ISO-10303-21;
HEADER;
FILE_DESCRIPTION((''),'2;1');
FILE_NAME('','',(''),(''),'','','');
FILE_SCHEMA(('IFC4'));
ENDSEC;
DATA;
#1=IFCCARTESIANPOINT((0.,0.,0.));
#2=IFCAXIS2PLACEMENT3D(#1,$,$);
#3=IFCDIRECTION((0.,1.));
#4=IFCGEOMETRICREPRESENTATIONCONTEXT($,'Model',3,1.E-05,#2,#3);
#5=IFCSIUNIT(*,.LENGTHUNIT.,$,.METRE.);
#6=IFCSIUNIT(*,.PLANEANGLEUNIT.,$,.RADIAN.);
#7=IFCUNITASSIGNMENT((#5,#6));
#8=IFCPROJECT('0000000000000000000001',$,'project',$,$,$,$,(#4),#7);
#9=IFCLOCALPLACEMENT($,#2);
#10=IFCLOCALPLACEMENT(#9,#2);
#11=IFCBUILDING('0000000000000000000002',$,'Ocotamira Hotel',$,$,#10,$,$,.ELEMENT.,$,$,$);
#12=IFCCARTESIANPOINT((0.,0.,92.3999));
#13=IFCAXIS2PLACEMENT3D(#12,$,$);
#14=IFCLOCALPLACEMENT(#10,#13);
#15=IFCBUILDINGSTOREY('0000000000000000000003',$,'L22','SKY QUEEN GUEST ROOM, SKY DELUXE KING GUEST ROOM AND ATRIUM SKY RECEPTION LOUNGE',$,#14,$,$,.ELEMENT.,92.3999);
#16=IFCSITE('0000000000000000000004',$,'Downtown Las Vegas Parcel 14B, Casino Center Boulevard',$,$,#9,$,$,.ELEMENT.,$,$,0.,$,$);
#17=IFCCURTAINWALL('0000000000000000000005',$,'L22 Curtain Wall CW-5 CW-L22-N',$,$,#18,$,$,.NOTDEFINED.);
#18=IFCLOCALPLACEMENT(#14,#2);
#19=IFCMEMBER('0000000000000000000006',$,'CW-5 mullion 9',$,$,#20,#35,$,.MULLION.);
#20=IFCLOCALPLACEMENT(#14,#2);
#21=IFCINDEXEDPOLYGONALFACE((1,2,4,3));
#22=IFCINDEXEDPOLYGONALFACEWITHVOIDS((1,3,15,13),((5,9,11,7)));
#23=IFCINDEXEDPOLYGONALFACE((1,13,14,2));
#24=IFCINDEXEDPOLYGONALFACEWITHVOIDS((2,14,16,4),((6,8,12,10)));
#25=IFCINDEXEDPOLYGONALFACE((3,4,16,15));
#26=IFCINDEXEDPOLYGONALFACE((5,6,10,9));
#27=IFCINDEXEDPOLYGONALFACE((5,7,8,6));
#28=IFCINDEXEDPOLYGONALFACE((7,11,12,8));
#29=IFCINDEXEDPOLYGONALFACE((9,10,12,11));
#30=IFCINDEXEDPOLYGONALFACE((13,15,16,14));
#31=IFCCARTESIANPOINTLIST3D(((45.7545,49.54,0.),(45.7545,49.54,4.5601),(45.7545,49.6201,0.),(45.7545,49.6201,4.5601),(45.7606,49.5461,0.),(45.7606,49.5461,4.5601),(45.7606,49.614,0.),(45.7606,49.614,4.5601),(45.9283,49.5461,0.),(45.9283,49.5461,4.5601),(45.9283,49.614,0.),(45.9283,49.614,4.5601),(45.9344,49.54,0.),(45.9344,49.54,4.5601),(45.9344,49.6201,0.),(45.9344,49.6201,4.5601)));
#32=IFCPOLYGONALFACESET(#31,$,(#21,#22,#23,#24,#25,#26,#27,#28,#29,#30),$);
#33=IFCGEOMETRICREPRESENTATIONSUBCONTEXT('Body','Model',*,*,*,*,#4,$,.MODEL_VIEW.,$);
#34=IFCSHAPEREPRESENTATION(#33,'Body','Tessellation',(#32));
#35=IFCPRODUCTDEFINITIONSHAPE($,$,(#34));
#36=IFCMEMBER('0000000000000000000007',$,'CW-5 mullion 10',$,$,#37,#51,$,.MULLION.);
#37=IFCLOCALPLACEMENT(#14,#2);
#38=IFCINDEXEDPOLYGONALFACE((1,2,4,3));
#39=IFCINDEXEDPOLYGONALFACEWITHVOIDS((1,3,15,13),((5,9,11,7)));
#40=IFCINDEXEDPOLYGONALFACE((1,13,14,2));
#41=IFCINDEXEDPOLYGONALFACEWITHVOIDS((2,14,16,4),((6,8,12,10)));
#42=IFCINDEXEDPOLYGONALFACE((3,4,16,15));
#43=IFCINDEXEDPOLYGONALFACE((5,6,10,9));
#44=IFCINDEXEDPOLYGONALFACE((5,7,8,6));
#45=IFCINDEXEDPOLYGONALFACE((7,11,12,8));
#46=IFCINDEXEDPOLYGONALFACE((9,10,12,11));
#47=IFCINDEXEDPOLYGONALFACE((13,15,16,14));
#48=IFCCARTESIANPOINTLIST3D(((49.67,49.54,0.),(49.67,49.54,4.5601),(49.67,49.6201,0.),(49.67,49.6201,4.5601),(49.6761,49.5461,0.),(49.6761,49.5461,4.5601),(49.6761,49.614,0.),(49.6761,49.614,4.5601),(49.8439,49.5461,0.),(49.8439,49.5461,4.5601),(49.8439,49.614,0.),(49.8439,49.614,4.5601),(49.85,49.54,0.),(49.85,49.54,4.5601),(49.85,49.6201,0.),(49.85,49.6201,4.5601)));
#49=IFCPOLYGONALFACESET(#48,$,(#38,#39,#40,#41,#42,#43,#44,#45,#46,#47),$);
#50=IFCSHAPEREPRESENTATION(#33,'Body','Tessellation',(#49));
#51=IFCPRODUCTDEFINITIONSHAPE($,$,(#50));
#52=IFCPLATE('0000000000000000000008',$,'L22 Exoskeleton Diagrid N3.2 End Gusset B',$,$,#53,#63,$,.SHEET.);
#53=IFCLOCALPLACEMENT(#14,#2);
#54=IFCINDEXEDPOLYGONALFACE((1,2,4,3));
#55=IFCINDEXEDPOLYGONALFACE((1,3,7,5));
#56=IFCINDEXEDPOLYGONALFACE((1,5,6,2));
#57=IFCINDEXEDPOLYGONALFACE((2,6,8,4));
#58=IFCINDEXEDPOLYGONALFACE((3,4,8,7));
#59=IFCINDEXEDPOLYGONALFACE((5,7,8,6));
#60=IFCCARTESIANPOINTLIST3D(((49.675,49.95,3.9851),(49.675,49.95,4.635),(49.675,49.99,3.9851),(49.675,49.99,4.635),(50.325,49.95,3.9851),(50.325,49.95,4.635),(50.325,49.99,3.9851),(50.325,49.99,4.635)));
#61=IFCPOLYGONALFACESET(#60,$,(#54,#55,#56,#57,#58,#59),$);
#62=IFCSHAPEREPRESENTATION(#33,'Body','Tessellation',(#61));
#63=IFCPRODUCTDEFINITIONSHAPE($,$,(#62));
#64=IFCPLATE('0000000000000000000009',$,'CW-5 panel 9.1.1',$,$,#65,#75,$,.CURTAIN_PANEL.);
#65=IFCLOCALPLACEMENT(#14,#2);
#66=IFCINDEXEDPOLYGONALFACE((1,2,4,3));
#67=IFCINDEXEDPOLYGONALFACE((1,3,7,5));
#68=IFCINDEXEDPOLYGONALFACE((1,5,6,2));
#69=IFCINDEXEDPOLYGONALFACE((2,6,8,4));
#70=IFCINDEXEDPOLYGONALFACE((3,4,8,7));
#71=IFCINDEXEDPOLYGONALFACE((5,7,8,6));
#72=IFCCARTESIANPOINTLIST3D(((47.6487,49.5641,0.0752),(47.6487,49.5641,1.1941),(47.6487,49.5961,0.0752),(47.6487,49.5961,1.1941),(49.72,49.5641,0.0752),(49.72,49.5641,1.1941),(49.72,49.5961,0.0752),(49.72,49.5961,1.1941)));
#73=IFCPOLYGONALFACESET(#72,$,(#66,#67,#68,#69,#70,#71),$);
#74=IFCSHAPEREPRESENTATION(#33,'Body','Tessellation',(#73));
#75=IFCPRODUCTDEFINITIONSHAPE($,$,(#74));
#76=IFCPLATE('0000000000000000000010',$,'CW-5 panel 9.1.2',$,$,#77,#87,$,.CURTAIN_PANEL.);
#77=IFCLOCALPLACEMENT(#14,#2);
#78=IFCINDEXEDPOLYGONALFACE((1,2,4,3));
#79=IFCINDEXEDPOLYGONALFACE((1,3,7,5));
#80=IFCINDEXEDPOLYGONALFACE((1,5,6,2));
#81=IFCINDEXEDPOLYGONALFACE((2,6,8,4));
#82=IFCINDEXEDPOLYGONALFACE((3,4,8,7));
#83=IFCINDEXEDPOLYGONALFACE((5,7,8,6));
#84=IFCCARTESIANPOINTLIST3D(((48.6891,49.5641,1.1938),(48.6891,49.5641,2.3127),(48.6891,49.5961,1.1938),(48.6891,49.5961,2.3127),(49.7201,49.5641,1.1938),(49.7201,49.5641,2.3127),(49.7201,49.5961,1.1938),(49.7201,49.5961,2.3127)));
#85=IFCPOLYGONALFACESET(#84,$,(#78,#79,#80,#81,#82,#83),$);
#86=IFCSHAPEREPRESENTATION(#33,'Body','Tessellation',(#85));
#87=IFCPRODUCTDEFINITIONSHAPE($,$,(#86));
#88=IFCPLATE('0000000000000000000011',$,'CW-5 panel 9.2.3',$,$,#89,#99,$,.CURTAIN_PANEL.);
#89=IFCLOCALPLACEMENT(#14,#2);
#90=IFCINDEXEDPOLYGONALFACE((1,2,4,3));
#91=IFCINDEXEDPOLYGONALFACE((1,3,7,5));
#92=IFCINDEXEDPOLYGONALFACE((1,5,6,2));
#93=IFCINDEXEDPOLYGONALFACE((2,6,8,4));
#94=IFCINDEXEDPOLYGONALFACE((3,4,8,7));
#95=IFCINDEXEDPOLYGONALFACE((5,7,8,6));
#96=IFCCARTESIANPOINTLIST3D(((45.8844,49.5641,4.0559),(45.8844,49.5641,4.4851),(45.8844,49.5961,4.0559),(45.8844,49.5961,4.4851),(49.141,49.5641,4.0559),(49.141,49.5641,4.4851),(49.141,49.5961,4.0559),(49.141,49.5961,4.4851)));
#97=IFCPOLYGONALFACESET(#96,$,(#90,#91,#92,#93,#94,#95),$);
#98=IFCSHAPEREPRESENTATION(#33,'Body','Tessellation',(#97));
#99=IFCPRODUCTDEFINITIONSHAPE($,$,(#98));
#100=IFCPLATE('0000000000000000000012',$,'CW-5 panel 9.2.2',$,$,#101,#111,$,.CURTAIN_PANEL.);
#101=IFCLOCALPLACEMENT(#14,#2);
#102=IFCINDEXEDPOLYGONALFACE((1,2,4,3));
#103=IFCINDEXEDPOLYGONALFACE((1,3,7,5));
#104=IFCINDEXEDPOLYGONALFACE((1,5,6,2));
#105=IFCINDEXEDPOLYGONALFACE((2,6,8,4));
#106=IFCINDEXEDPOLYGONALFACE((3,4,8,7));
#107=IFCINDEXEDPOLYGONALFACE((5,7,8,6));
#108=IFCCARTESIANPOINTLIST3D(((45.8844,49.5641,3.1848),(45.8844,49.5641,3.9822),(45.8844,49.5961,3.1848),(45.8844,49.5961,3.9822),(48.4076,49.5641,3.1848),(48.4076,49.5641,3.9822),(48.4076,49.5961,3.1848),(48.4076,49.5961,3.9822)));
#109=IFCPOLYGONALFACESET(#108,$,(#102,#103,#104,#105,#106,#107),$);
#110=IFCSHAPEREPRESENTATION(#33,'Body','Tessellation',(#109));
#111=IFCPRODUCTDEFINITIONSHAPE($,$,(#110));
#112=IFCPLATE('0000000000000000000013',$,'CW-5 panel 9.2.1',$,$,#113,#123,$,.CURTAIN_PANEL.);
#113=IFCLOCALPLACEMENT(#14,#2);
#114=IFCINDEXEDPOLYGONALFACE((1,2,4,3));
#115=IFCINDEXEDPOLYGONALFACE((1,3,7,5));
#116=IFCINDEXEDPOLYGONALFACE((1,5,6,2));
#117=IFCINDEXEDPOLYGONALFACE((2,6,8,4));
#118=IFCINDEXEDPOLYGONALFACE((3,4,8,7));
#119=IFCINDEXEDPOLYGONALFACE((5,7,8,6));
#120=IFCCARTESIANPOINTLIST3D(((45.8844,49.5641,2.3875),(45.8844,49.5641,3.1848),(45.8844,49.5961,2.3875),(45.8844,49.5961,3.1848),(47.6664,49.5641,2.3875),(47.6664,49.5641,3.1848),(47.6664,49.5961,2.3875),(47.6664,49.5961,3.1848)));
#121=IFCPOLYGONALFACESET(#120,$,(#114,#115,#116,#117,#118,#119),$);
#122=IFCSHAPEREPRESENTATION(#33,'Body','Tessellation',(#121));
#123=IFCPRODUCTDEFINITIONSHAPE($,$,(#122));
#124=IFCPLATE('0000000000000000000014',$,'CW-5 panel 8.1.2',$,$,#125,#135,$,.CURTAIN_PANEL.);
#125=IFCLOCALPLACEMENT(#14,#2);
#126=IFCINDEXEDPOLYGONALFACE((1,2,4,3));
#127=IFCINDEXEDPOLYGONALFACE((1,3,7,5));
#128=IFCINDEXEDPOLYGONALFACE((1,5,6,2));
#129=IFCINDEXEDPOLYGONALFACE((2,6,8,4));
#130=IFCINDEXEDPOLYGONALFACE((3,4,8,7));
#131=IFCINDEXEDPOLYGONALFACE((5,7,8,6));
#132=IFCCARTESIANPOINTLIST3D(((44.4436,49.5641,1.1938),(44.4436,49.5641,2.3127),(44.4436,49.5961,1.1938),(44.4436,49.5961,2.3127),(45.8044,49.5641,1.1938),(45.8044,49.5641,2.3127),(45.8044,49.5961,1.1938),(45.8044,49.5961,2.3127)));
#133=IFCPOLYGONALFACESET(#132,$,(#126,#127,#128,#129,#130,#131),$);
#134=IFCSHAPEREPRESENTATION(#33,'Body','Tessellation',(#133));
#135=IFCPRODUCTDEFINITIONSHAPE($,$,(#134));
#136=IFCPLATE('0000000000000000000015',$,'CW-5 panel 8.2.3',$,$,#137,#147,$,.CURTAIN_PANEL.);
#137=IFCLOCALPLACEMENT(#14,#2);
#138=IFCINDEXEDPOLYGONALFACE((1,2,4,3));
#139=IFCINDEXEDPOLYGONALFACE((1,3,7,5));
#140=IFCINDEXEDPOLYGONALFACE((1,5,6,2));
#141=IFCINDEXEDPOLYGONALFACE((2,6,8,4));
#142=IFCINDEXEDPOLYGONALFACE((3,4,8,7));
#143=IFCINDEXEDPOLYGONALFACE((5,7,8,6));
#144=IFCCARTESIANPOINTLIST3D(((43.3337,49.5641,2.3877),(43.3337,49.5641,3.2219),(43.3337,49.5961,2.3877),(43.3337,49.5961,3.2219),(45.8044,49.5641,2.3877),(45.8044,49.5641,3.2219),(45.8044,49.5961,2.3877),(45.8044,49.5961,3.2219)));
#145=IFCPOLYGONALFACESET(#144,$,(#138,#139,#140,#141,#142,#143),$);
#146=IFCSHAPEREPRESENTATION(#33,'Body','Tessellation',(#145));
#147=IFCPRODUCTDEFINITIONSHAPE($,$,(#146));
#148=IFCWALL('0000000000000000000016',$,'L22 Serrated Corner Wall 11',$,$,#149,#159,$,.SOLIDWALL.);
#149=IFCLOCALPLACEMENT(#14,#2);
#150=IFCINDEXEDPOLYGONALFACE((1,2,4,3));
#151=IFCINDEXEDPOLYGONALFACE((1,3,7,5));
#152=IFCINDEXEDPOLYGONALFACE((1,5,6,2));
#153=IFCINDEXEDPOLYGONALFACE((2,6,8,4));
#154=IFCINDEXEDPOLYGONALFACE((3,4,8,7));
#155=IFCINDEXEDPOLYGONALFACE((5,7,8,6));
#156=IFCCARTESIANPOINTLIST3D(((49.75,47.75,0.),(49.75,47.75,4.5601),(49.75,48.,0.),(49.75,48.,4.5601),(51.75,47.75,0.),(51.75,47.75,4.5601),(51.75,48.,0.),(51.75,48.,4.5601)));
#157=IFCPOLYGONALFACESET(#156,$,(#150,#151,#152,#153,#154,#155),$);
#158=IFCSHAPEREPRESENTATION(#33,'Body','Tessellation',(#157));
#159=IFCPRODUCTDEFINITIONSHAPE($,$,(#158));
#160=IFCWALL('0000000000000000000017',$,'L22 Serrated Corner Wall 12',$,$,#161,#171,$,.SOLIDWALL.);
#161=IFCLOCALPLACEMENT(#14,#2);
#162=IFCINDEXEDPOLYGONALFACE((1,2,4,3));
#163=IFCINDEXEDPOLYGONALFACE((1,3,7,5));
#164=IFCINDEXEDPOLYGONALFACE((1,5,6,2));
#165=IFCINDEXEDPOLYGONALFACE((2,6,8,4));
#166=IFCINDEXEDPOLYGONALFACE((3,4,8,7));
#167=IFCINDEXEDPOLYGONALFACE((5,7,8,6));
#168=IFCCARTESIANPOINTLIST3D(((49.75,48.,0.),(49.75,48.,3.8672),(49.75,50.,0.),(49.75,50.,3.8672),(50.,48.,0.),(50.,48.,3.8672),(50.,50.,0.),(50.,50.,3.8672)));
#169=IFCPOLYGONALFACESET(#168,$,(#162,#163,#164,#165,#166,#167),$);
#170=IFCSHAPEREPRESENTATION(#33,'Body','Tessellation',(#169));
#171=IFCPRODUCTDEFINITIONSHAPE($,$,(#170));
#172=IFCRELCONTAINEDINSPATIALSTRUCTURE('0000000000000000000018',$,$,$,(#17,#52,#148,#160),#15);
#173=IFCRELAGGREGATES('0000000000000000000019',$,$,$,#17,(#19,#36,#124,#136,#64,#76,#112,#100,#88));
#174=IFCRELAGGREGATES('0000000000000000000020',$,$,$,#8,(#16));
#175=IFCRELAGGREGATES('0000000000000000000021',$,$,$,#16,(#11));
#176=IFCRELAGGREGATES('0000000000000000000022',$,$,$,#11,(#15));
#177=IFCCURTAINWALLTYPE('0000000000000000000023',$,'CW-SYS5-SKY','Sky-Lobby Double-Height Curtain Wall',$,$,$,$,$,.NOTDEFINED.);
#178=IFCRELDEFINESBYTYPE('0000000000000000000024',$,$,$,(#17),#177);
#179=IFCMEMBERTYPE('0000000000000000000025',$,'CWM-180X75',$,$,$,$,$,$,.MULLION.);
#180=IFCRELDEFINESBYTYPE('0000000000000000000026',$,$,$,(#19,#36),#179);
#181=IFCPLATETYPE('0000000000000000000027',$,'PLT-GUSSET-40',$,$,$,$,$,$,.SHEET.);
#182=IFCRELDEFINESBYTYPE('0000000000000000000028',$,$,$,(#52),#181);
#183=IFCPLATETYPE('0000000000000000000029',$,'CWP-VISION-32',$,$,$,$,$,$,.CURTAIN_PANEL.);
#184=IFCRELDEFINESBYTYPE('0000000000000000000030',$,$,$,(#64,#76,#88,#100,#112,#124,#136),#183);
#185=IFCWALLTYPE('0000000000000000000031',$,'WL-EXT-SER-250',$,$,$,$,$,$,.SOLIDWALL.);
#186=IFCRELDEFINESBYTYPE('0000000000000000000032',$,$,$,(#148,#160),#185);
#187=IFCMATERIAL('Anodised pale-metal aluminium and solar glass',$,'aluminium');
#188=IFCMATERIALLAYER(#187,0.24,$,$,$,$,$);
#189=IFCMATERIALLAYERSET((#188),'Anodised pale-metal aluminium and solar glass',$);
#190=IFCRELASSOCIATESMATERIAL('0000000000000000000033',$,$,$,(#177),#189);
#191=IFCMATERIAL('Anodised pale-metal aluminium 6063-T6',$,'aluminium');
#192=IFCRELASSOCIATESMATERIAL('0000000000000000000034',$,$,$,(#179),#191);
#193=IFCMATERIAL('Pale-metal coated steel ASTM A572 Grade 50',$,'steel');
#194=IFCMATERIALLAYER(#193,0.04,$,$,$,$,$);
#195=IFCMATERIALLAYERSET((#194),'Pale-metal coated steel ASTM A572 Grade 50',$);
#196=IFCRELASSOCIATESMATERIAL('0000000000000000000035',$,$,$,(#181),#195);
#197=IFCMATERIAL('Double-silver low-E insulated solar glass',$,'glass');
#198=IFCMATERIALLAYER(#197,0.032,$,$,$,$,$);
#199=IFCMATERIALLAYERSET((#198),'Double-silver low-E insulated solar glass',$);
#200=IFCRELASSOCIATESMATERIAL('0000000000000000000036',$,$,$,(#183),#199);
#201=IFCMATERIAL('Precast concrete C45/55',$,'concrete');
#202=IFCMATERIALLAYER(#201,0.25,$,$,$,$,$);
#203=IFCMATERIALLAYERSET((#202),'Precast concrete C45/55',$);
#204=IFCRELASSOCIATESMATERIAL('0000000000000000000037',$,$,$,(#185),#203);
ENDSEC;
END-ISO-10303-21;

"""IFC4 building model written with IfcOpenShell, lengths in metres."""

from ifc_helpers import new_model, si_unit, direction, frame, frame_2d, origin, origin_2d, place, context, subcontext, project, spatial, rectangle, hollow_rectangle, extrude, source, transform, mapped, material, layer, layer_set, material_profile, profile_set, type_object, element, aggregate, save


model = new_model("IFC4")

# Units and contexts
model_context = context("Model", 3, precision=1e-05, world=origin(), true_north=direction((0.0, 1.0)))
body_context = subcontext(model_context, "Body", "Model", "MODEL_VIEW")
ifc_project = project(units=[si_unit("LENGTHUNIT", "METRE"), si_unit("PLANEANGLEUNIT", "RADIAN")], contexts=[model_context])

# Site, building, storey
site_placement = place(None, origin())
site = spatial("IfcSite", under=ifc_project, at=site_placement, Name="Downtown Las Vegas Parcel 14B, Casino Center Boulevard", CompositionType="ELEMENT", RefElevation=0.0)
building_placement = place(site_placement, origin())
building = spatial("IfcBuilding", under=site, at=building_placement, Name="Ocotamira Hotel", CompositionType="ELEMENT")
storey_placement = place(building_placement, frame((0.0, 0.0, 92.3999)))
storey = spatial("IfcBuildingStorey", under=building, at=storey_placement, Name="L22", Description="SKY QUEEN GUEST ROOM, SKY DELUXE KING GUEST ROOM AND ATRIUM SKY RECEPTION LOUNGE", CompositionType="ELEMENT", Elevation=92.3999)

# Curtain wall, members
ifc_material_1 = material(Name="Anodised pale-metal aluminium and solar glass", Category="aluminium")
ifc_layer_1 = layer(ifc_material_1, 0.24)
ifc_layer_set_1 = layer_set([ifc_layer_1], Name="Anodised pale-metal aluminium and solar glass")
curtain_wall_type = type_object("IfcCurtainWallType", Name="CW-SYS5-SKY", Description="Sky-Lobby Double-Height Curtain Wall", PredefinedType="NOTDEFINED", material=ifc_layer_set_1)
curtain_wall_placement = place(storey_placement, origin())
curtain_wall = element("IfcCurtainWall", 1, at=curtain_wall_placement, inside=storey, type_object=curtain_wall_type, Name="L22 Curtain Wall CW-5 CW-L22-N", PredefinedType="NOTDEFINED")
ifc_material_2 = material(Name="Anodised pale-metal aluminium 6063-T6", Category="aluminium")
ifc_material_profile_1 = material_profile(ifc_material_2, hollow_rectangle(XDim=0.0801, YDim=0.1799, WallThickness=0.0061, at=origin_2d()), Name="HSS180X80X6")
ifc_profile_set_1 = profile_set([ifc_material_profile_1], Name="Anodised pale-metal aluminium 6063-T6")
member_type_1 = type_object("IfcMemberType", Name="CWM-180X75", PredefinedType="MULLION", material=ifc_profile_set_1)
shared_shape_1 = source(origin(), body_context, "Body", "SweptSolid", [
    extrude(hollow_rectangle(XDim=0.0801, YDim=0.1799, WallThickness=0.0061, at=origin_2d()), origin(), (0.0, 0.0, 1.0), 4.5601),
])
member_1_placement = place(storey_placement, frame((45.8445, 49.5801, 0.0), z_axis=(0.0, 0.0, 1.0), x_axis=(0.0, 1.0, 0.0)))
member_1 = element("IfcMember", 2, at=member_1_placement, type_object=member_type_1, Name="CW-5 mullion 9", PredefinedType="MULLION", context=body_context, shape_type="MappedRepresentation", body=[
    mapped(shared_shape_1, transform((0.0, 0.0, 0.0), scale=1.0)),
])
member_2_placement = place(storey_placement, frame((49.76, 49.5801, 0.0), z_axis=(0.0, 0.0, 1.0), x_axis=(0.0, 1.0, 0.0)))
member_2 = element("IfcMember", 3, at=member_2_placement, type_object=member_type_1, Name="CW-5 mullion 10", PredefinedType="MULLION", context=body_context, shape_type="MappedRepresentation", body=[
    mapped(shared_shape_1, transform((0.0, 0.0, 0.0), scale=1.0)),
])

# Plates
ifc_material_3 = material(Name="Pale-metal coated steel ASTM A572 Grade 50", Category="steel")
ifc_layer_2 = layer(ifc_material_3, 0.04)
ifc_layer_set_2 = layer_set([ifc_layer_2], Name="Pale-metal coated steel ASTM A572 Grade 50")
plate_type_1 = type_object("IfcPlateType", Name="PLT-GUSSET-40", PredefinedType="SHEET", material=ifc_layer_set_2)
shared_shape_2 = source(origin(), body_context, "Body", "SweptSolid", [
    extrude(rectangle(XDim=0.6499, YDim=0.04, at=origin_2d()), origin(), (0.0, 0.0, 1.0), 0.6499),
])
plate_1_placement = place(storey_placement, frame((50.0, 49.97, 3.9851), z_axis=(0.0, 0.0, 1.0), x_axis=(1.0, 0.0, 0.0)))
element("IfcPlate", 4, at=plate_1_placement, inside=storey, type_object=plate_type_1, Name="L22 Exoskeleton Diagrid N3.2 End Gusset B", PredefinedType="SHEET", context=body_context, shape_type="MappedRepresentation", body=[
    mapped(shared_shape_2, transform((0.0, 0.0, 0.0), scale=1.0)),
])
ifc_material_4 = material(Name="Double-silver low-E insulated solar glass", Category="glass")
ifc_layer_3 = layer(ifc_material_4, 0.032)
ifc_layer_set_3 = layer_set([ifc_layer_3], Name="Double-silver low-E insulated solar glass")
plate_type_2 = type_object("IfcPlateType", Name="CWP-VISION-32", PredefinedType="CURTAIN_PANEL", material=ifc_layer_set_3)
shared_shape_3 = source(origin(), body_context, "Body", "SweptSolid", [
    extrude(rectangle(XDim=2.0713, YDim=0.032, at=origin_2d()), origin(), (0.0, 0.0, 1.0), 1.1189),
])
plate_2_placement = place(storey_placement, frame((48.6843, 49.5801, 0.0752), z_axis=(0.0, 0.0, 1.0), x_axis=(1.0, 0.0, 0.0)))
plate_2 = element("IfcPlate", 5, at=plate_2_placement, type_object=plate_type_2, Name="CW-5 panel 9.1.1", PredefinedType="CURTAIN_PANEL", context=body_context, shape_type="MappedRepresentation", body=[
    mapped(shared_shape_3, transform((0.0, 0.0, 0.0), scale=1.0)),
])
shared_shape_4 = source(origin(), body_context, "Body", "SweptSolid", [
    extrude(rectangle(XDim=1.031, YDim=0.032, at=origin_2d()), origin(), (0.0, 0.0, 1.0), 1.1189),
])
plate_3_placement = place(storey_placement, frame((49.2046, 49.5801, 1.1938), z_axis=(0.0, 0.0, 1.0), x_axis=(1.0, 0.0, 0.0)))
plate_3 = element("IfcPlate", 6, at=plate_3_placement, type_object=plate_type_2, Name="CW-5 panel 9.1.2", PredefinedType="CURTAIN_PANEL", context=body_context, shape_type="MappedRepresentation", body=[
    mapped(shared_shape_4, transform((0.0, 0.0, 0.0), scale=1.0)),
])
shared_shape_5 = source(origin(), body_context, "Body", "SweptSolid", [
    extrude(rectangle(XDim=3.2566, YDim=0.032, at=origin_2d()), origin(), (0.0, 0.0, 1.0), 0.4292),
])
plate_4_placement = place(storey_placement, frame((47.5127, 49.5801, 4.0559), z_axis=(0.0, 0.0, 1.0), x_axis=(1.0, 0.0, 0.0)))
plate_4 = element("IfcPlate", 7, at=plate_4_placement, type_object=plate_type_2, Name="CW-5 panel 9.2.3", PredefinedType="CURTAIN_PANEL", context=body_context, shape_type="MappedRepresentation", body=[
    mapped(shared_shape_5, transform((0.0, 0.0, 0.0), scale=1.0)),
])
shared_shape_6 = source(origin(), body_context, "Body", "SweptSolid", [
    extrude(rectangle(XDim=2.5232, YDim=0.032, at=origin_2d()), origin(), (0.0, 0.0, 1.0), 0.7974),
])
plate_5_placement = place(storey_placement, frame((47.146, 49.5801, 3.1848), z_axis=(0.0, 0.0, 1.0), x_axis=(1.0, 0.0, 0.0)))
plate_5 = element("IfcPlate", 8, at=plate_5_placement, type_object=plate_type_2, Name="CW-5 panel 9.2.2", PredefinedType="CURTAIN_PANEL", context=body_context, shape_type="MappedRepresentation", body=[
    mapped(shared_shape_6, transform((0.0, 0.0, 0.0), scale=1.0)),
])
shared_shape_7 = source(origin(), body_context, "Body", "SweptSolid", [
    extrude(rectangle(XDim=1.782, YDim=0.032, at=origin_2d()), origin(), (0.0, 0.0, 1.0), 0.7974),
])
plate_6_placement = place(storey_placement, frame((46.7754, 49.5801, 2.3875), z_axis=(0.0, 0.0, 1.0), x_axis=(1.0, 0.0, 0.0)))
plate_6 = element("IfcPlate", 9, at=plate_6_placement, type_object=plate_type_2, Name="CW-5 panel 9.2.1", PredefinedType="CURTAIN_PANEL", context=body_context, shape_type="MappedRepresentation", body=[
    mapped(shared_shape_7, transform((0.0, 0.0, 0.0), scale=1.0)),
])
shared_shape_8 = source(origin(), body_context, "Body", "SweptSolid", [
    extrude(rectangle(XDim=1.3608, YDim=0.032, at=origin_2d()), origin(), (0.0, 0.0, 1.0), 1.1189),
])
plate_7_placement = place(storey_placement, frame((45.124, 49.5801, 1.1938), z_axis=(0.0, 0.0, 1.0), x_axis=(1.0, 0.0, 0.0)))
plate_7 = element("IfcPlate", 10, at=plate_7_placement, type_object=plate_type_2, Name="CW-5 panel 8.1.2", PredefinedType="CURTAIN_PANEL", context=body_context, shape_type="MappedRepresentation", body=[
    mapped(shared_shape_8, transform((0.0, 0.0, 0.0), scale=1.0)),
])
shared_shape_9 = source(origin(), body_context, "Body", "SweptSolid", [
    extrude(rectangle(XDim=2.4707, YDim=0.032, at=origin_2d()), origin(), (0.0, 0.0, 1.0), 0.8342),
])
plate_8_placement = place(storey_placement, frame((44.5691, 49.5801, 2.3877), z_axis=(0.0, 0.0, 1.0), x_axis=(1.0, 0.0, 0.0)))
plate_8 = element("IfcPlate", 11, at=plate_8_placement, type_object=plate_type_2, Name="CW-5 panel 8.2.3", PredefinedType="CURTAIN_PANEL", context=body_context, shape_type="MappedRepresentation", body=[
    mapped(shared_shape_9, transform((0.0, 0.0, 0.0), scale=1.0)),
])
aggregate(curtain_wall, [member_1, member_2, plate_7, plate_8, plate_2, plate_3, plate_6, plate_5, plate_4])

# Walls
ifc_material_5 = material(Name="Precast concrete C45/55", Category="concrete")
ifc_layer_4 = layer(ifc_material_5, 0.25)
ifc_layer_set_4 = layer_set([ifc_layer_4], Name="Precast concrete C45/55")
wall_type = type_object("IfcWallType", Name="WL-EXT-SER-250", PredefinedType="SOLIDWALL", material=ifc_layer_set_4)
wall_1_placement = place(storey_placement, frame((51.75, 47.875, 0.0), z_axis=(0.0, 0.0, 1.0), x_axis=(-1.0, 0.0, 0.0)))
element("IfcWall", 12, at=wall_1_placement, inside=storey, type_object=wall_type, Name="L22 Serrated Corner Wall 11", PredefinedType="SOLIDWALL", context=body_context, shape_type="SweptSolid", body=[
    extrude(rectangle(XDim=2.0, YDim=0.25, at=frame_2d((1.0, 0.0))), origin(), (0.0, 0.0, 1.0), 4.5601),
])
wall_2_placement = place(storey_placement, frame((49.875, 48.0, 0.0), z_axis=(0.0, 0.0, 1.0), x_axis=(0.0, 1.0, 0.0)))
element("IfcWall", 13, at=wall_2_placement, inside=storey, type_object=wall_type, Name="L22 Serrated Corner Wall 12", PredefinedType="SOLIDWALL", context=body_context, shape_type="SweptSolid", body=[
    extrude(rectangle(XDim=2.0, YDim=0.25, at=frame_2d((1.0, 0.0))), origin(), (0.0, 0.0, 1.0), 3.8672),
])

save(model, "model.ifc")
